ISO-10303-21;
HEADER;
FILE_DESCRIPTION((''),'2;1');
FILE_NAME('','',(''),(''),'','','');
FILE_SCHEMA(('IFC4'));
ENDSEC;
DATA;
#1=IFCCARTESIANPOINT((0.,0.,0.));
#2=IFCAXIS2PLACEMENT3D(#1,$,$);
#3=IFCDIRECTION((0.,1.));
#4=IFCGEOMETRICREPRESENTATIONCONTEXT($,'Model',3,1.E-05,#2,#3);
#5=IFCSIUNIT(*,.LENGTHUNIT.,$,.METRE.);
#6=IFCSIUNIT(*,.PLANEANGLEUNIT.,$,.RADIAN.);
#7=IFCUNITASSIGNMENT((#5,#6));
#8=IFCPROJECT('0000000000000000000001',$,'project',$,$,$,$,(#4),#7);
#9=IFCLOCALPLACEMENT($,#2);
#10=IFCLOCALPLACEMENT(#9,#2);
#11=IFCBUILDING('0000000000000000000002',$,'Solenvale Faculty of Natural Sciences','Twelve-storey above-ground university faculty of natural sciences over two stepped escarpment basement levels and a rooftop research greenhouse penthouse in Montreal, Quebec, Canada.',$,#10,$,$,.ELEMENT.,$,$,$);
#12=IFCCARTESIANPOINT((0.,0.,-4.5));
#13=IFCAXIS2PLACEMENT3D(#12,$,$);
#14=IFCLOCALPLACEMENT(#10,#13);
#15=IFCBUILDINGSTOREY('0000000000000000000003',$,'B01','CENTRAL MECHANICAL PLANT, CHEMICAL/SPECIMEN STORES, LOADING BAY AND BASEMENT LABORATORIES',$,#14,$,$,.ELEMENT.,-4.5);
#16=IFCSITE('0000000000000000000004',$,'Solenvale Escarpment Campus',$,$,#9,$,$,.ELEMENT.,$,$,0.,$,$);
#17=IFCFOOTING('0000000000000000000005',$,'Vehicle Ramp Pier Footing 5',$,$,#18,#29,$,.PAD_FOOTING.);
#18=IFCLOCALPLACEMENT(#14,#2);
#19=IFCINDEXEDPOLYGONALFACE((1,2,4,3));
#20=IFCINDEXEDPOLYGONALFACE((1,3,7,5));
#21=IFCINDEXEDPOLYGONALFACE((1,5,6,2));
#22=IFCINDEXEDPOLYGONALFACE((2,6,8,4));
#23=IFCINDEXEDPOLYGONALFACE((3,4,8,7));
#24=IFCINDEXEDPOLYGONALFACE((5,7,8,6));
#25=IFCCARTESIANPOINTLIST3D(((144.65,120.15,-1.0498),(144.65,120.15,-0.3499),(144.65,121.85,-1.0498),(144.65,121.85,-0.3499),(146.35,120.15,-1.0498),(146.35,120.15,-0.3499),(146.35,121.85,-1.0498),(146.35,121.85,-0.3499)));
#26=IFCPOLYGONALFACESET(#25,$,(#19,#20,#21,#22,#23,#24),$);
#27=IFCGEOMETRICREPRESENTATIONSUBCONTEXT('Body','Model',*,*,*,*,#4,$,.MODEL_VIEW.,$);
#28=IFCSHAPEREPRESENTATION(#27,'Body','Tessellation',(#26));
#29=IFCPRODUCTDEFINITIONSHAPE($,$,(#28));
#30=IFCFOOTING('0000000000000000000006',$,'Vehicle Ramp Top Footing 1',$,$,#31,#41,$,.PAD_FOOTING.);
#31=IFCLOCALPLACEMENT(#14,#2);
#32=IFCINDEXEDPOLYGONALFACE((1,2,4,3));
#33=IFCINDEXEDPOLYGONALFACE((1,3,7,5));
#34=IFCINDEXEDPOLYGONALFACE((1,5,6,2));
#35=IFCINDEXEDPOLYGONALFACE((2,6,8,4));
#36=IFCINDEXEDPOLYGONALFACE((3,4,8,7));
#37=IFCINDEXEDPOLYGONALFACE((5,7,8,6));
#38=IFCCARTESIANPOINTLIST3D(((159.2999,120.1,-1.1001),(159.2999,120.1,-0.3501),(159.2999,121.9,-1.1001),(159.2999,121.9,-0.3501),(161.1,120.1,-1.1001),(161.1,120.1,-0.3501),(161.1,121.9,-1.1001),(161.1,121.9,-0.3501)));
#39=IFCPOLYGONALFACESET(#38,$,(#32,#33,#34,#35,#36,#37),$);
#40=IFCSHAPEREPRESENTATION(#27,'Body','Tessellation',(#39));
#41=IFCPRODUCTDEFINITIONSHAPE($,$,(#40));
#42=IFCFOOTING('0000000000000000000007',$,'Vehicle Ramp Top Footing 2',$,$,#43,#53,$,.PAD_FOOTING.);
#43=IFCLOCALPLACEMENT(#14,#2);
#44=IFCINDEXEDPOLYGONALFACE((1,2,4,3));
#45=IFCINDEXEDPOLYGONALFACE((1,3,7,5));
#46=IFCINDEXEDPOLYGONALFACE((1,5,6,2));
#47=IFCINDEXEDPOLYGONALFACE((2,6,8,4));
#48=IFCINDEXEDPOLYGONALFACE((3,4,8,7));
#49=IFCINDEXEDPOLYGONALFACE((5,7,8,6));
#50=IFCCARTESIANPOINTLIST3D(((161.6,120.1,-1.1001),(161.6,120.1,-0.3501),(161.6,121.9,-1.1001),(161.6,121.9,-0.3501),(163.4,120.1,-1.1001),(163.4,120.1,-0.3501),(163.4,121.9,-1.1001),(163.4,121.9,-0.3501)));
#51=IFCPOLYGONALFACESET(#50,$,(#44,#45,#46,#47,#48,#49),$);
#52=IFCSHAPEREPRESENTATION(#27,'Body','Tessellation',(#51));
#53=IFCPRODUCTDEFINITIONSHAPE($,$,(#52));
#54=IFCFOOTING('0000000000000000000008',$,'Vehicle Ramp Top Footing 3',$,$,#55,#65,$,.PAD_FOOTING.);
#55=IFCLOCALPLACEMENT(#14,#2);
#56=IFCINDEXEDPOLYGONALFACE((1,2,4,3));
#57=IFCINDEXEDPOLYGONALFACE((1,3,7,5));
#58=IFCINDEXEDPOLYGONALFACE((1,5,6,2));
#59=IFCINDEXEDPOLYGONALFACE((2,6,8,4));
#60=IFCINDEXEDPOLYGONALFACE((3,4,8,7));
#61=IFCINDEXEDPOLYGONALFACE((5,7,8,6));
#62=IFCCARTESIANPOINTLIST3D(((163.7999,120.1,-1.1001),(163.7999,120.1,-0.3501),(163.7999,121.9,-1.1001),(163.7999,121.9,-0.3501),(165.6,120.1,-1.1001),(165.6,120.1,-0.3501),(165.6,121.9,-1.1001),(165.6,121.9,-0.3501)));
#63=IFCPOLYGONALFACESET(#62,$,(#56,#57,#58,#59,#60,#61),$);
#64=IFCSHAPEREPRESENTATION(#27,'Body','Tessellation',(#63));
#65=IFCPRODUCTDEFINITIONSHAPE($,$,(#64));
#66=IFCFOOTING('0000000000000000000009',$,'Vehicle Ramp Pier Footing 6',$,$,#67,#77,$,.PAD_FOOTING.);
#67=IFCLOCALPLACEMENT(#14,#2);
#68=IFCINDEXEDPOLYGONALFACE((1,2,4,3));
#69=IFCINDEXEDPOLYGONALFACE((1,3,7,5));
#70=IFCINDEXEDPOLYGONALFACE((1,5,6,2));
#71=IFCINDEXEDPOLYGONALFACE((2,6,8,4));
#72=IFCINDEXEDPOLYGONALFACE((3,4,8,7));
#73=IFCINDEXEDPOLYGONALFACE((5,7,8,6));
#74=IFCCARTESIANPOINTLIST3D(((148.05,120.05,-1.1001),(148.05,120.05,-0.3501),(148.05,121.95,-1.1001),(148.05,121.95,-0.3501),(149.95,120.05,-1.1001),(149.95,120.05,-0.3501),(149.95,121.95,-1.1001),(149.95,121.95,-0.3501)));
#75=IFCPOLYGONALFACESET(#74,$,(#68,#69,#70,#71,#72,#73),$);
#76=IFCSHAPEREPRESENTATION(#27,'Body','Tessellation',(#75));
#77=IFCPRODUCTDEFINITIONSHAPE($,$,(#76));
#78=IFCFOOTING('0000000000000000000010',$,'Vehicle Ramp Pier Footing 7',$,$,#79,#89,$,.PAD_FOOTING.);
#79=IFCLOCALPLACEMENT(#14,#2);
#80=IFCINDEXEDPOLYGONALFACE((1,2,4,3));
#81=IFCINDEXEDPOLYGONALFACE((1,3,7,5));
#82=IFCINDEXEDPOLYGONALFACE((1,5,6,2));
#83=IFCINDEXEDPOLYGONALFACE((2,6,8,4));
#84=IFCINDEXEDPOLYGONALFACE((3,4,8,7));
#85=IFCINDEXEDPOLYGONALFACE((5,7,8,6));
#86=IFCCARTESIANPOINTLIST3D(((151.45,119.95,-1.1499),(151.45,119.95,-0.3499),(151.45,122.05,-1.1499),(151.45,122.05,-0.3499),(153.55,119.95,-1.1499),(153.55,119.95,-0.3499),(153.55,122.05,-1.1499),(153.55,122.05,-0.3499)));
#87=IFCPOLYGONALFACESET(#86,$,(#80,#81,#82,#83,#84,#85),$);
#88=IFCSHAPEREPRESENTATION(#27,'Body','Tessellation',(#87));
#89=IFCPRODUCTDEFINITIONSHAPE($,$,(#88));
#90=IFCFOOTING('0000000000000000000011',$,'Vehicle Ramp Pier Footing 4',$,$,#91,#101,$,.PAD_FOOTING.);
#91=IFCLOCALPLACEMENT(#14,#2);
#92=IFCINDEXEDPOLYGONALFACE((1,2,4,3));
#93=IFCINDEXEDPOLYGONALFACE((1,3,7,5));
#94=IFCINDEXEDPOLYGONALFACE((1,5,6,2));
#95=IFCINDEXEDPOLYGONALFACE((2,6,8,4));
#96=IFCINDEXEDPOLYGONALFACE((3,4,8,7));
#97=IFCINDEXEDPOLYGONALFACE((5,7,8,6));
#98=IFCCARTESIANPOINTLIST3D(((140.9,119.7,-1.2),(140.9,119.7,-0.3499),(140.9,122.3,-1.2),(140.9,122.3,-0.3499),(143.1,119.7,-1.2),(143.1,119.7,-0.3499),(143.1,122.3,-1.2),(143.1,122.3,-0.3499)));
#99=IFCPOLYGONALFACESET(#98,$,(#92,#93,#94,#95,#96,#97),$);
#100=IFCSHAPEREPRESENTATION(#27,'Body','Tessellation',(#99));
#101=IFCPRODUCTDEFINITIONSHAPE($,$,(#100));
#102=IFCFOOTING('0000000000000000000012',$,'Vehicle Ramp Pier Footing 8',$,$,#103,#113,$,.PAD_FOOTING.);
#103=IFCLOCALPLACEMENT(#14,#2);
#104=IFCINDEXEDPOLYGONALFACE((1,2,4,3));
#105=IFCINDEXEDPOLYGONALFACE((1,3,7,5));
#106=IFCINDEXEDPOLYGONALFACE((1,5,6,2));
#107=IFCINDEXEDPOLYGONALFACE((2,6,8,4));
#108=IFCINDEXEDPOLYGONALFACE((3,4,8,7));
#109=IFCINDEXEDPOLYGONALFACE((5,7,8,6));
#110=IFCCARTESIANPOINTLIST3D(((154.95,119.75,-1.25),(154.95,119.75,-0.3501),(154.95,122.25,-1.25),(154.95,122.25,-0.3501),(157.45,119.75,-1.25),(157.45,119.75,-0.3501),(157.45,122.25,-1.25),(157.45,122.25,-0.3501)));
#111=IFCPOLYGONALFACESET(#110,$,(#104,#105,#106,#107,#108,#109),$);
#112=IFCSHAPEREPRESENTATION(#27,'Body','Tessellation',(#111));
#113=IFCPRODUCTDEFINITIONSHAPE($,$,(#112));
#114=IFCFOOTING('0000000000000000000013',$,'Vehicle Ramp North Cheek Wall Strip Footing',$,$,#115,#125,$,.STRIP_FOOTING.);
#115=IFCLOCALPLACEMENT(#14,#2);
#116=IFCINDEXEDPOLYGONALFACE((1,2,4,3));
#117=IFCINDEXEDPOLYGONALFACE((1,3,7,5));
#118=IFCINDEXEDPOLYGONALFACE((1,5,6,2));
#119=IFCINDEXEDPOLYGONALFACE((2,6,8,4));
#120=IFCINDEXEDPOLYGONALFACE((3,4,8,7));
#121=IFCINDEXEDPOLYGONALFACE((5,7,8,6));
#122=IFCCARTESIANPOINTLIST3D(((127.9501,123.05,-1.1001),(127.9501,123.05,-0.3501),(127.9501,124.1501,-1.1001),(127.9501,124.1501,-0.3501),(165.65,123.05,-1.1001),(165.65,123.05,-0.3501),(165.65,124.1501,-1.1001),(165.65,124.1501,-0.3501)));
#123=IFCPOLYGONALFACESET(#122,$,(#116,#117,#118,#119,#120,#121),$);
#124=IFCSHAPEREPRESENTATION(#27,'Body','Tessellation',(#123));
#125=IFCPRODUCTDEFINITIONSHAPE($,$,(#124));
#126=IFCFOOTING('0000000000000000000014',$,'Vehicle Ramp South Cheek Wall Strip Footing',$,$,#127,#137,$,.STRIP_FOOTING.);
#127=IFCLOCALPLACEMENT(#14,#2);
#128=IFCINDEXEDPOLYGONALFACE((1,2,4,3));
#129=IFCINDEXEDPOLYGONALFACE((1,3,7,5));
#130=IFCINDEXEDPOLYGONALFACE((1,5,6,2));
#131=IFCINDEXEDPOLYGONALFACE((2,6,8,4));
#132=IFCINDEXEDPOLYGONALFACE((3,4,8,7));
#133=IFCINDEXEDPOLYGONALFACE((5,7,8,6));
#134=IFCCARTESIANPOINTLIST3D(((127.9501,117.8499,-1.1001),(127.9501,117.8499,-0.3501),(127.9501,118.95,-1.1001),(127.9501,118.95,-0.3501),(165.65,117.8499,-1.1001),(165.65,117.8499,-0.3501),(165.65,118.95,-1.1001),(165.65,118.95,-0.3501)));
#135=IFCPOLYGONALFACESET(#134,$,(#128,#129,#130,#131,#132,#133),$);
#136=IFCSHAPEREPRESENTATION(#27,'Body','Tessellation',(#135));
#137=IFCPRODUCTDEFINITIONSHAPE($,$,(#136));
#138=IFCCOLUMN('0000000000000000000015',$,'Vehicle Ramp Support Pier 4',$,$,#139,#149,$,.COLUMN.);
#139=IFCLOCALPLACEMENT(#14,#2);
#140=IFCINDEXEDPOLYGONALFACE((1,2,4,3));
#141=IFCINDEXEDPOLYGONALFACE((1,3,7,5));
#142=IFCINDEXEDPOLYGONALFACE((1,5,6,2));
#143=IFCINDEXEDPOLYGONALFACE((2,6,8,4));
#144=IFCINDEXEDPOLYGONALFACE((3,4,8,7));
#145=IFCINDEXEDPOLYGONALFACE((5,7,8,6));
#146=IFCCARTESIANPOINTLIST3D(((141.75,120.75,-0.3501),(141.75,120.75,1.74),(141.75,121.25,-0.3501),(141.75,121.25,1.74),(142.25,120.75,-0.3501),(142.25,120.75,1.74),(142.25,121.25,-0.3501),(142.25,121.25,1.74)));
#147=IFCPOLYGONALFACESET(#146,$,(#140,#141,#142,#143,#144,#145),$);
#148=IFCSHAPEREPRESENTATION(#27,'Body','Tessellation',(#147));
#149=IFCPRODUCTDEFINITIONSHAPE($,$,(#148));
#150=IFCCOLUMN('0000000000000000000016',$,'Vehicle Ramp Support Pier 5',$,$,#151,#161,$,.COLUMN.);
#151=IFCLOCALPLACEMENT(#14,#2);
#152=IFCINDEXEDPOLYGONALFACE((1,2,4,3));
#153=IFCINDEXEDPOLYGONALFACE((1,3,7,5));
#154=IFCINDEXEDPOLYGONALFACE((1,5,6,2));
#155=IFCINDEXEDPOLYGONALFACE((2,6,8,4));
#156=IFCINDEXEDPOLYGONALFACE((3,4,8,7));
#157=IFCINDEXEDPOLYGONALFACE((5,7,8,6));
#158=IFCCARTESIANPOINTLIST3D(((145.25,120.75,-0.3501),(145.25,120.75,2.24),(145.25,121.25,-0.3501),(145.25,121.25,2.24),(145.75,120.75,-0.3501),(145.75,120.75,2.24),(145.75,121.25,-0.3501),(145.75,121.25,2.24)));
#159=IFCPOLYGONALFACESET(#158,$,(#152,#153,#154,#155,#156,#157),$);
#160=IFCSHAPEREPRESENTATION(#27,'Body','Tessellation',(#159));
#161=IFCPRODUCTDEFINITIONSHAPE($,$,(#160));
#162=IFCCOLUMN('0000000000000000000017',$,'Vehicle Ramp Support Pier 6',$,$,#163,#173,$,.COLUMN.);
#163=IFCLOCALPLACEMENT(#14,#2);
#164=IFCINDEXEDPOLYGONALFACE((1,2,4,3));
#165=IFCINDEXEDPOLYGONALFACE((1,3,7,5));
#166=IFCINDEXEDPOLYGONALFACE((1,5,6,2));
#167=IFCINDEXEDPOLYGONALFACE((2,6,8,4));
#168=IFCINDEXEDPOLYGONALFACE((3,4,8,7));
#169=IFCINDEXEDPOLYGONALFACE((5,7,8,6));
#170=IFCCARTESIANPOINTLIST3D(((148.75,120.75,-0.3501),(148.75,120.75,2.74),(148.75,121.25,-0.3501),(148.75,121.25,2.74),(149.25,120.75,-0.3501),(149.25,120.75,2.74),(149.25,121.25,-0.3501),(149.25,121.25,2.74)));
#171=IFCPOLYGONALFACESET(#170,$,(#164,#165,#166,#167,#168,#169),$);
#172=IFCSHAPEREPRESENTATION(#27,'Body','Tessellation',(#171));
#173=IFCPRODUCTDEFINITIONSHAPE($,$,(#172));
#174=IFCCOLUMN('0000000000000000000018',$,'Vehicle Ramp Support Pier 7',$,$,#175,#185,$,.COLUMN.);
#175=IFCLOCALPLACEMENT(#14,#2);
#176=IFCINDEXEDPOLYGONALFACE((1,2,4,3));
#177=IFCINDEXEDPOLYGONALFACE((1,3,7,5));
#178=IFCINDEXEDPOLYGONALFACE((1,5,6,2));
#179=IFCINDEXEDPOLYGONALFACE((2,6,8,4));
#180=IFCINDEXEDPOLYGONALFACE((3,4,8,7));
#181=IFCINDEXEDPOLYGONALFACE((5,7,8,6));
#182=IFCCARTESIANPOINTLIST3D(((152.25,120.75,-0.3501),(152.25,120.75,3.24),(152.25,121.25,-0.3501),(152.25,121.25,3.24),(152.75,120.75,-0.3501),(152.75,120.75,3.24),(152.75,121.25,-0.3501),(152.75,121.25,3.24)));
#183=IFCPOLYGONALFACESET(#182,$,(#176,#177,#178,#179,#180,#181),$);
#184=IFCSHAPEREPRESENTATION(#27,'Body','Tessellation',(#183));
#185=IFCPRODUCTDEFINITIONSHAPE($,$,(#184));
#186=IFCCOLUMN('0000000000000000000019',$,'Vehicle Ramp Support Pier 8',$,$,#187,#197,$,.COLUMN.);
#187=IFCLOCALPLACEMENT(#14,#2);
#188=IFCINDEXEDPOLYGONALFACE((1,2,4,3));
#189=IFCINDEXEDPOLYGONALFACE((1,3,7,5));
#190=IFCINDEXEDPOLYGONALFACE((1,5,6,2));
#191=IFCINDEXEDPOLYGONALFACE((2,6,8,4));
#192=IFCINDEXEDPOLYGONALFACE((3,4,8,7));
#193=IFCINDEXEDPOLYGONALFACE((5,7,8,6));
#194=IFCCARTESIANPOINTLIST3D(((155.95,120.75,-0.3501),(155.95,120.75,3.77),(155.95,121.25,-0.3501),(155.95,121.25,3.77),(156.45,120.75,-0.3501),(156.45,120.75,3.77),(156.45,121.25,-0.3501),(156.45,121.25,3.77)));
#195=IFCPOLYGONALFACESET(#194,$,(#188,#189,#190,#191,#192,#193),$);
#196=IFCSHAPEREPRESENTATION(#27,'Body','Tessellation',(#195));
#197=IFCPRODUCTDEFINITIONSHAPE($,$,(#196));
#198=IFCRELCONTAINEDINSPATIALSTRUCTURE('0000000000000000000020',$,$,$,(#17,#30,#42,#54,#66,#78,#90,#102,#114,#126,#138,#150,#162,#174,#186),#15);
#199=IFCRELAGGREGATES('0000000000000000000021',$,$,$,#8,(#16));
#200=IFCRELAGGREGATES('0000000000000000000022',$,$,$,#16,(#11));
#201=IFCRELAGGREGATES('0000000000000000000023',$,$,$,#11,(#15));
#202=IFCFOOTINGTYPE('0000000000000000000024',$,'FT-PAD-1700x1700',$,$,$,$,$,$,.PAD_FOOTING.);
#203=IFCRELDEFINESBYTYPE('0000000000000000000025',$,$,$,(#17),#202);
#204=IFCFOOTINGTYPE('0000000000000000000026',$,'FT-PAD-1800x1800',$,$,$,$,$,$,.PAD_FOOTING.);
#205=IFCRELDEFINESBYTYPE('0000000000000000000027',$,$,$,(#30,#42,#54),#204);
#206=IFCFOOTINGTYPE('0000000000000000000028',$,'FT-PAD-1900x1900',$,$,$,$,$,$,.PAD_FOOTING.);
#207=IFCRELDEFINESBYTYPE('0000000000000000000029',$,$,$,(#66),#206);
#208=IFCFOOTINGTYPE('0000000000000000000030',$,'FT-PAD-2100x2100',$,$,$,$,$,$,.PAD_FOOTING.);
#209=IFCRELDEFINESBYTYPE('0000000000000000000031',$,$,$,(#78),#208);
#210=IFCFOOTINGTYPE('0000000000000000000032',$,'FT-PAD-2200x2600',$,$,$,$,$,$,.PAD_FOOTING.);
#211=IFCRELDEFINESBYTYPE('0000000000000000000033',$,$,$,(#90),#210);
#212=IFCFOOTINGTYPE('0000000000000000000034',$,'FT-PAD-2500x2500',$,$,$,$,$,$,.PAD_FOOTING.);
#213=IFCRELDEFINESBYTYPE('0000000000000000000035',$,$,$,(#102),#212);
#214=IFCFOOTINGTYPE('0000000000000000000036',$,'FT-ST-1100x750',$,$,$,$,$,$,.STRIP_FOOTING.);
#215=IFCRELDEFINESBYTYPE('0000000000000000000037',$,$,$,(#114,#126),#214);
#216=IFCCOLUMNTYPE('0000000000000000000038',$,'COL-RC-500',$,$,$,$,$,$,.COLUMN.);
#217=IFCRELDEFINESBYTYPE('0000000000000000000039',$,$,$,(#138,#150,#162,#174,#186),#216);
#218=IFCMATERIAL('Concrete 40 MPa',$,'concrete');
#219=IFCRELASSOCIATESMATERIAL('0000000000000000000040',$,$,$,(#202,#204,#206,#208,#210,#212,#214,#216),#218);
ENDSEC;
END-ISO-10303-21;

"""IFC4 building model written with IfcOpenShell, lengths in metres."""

from ifc_helpers import new_model, si_unit, direction, frame, origin, origin_2d, place, context, subcontext, project, spatial, rectangle, extrude, material, material_profile, profile_set, type_object, element, save


model = new_model("IFC4")

# Units and contexts
model_context = context("Model", 3, precision=1e-05, world=origin(), true_north=direction((0.0, 1.0)))
body_context = subcontext(model_context, "Body", "Model", "MODEL_VIEW")
ifc_project = project(units=[si_unit("LENGTHUNIT", "METRE"), si_unit("PLANEANGLEUNIT", "RADIAN")], contexts=[model_context])

# Site, building, storey
site_placement = place(None, origin())
site = spatial("IfcSite", under=ifc_project, at=site_placement, Name="Solenvale Escarpment Campus", CompositionType="ELEMENT", RefElevation=0.0)
building_placement = place(site_placement, origin())
building = spatial("IfcBuilding", under=site, at=building_placement, Name="Solenvale Faculty of Natural Sciences", Description="Twelve-storey above-ground university faculty of natural sciences over two stepped escarpment basement levels and a rooftop research greenhouse penthouse in Montreal, Quebec, Canada.", CompositionType="ELEMENT")
storey_placement = place(building_placement, frame((0.0, 0.0, -4.5)))
storey = spatial("IfcBuildingStorey", under=building, at=storey_placement, Name="B01", Description="CENTRAL MECHANICAL PLANT, CHEMICAL/SPECIMEN STORES, LOADING BAY AND BASEMENT LABORATORIES", CompositionType="ELEMENT", Elevation=-4.5)

# Footings
ifc_material_1 = material(Name="Concrete 40 MPa", Category="concrete")
footing_type_1 = type_object("IfcFootingType", Name="FT-PAD-1700x1700", PredefinedType="PAD_FOOTING", material=ifc_material_1)
footing_1_placement = place(storey_placement, frame((145.5, 121.0, -1.0498), z_axis=(0.0, 0.0, 1.0), x_axis=(1.0, 0.0, 0.0)))
element("IfcFooting", 1, at=footing_1_placement, inside=storey, type_object=footing_type_1, Name="Vehicle Ramp Pier Footing 5", PredefinedType="PAD_FOOTING", context=body_context, shape_type="SweptSolid", body=[
    extrude(rectangle(XDim=1.7, YDim=1.7, at=origin_2d()), origin(), (0.0, 0.0, 1.0), 0.7),
])
footing_type_2 = type_object("IfcFootingType", Name="FT-PAD-1800x1800", PredefinedType="PAD_FOOTING", material=ifc_material_1)
for number, where, z_axis, x_axis, name in (
    (2, (160.2, 121.0, -1.1001), (0.0, 0.0, 1.0), (1.0, 0.0, 0.0), "Vehicle Ramp Top Footing 1"),
    (3, (162.5, 121.0, -1.1001), (0.0, 0.0, 1.0), (1.0, 0.0, 0.0), "Vehicle Ramp Top Footing 2"),
    (4, (164.7, 121.0, -1.1001), (0.0, 0.0, 1.0), (1.0, 0.0, 0.0), "Vehicle Ramp Top Footing 3"),
):
    element("IfcFooting", number, at=place(storey_placement, frame(where, z_axis=z_axis, x_axis=x_axis)), inside=storey, type_object=footing_type_2, Name=name, PredefinedType="PAD_FOOTING", context=body_context, shape_type="SweptSolid", body=[
        extrude(rectangle(XDim=1.8, YDim=1.8, at=origin_2d()), origin(), (0.0, 0.0, 1.0), 0.75),
    ])
footing_type_3 = type_object("IfcFootingType", Name="FT-PAD-1900x1900", PredefinedType="PAD_FOOTING", material=ifc_material_1)
footing_2_placement = place(storey_placement, frame((149.0, 121.0, -1.1001), z_axis=(0.0, 0.0, 1.0), x_axis=(1.0, 0.0, 0.0)))
element("IfcFooting", 5, at=footing_2_placement, inside=storey, type_object=footing_type_3, Name="Vehicle Ramp Pier Footing 6", PredefinedType="PAD_FOOTING", context=body_context, shape_type="SweptSolid", body=[
    extrude(rectangle(XDim=1.8999, YDim=1.8999, at=origin_2d()), origin(), (0.0, 0.0, 1.0), 0.75),
])
footing_type_4 = type_object("IfcFootingType", Name="FT-PAD-2100x2100", PredefinedType="PAD_FOOTING", material=ifc_material_1)
footing_3_placement = place(storey_placement, frame((152.5, 121.0, -1.1499), z_axis=(0.0, 0.0, 1.0), x_axis=(1.0, 0.0, 0.0)))
element("IfcFooting", 6, at=footing_3_placement, inside=storey, type_object=footing_type_4, Name="Vehicle Ramp Pier Footing 7", PredefinedType="PAD_FOOTING", context=body_context, shape_type="SweptSolid", body=[
    extrude(rectangle(XDim=2.1001, YDim=2.1001, at=origin_2d()), origin(), (0.0, 0.0, 1.0), 0.8),
])
footing_type_5 = type_object("IfcFootingType", Name="FT-PAD-2200x2600", PredefinedType="PAD_FOOTING", material=ifc_material_1)
footing_4_placement = place(storey_placement, frame((142.0, 121.0, -1.2), z_axis=(0.0, 0.0, 1.0), x_axis=(1.0, 0.0, 0.0)))
element("IfcFooting", 7, at=footing_4_placement, inside=storey, type_object=footing_type_5, Name="Vehicle Ramp Pier Footing 4", PredefinedType="PAD_FOOTING", context=body_context, shape_type="SweptSolid", body=[
    extrude(rectangle(XDim=2.2, YDim=2.6001, at=origin_2d()), origin(), (0.0, 0.0, 1.0), 0.8501),
])
footing_type_6 = type_object("IfcFootingType", Name="FT-PAD-2500x2500", PredefinedType="PAD_FOOTING", material=ifc_material_1)
footing_5_placement = place(storey_placement, frame((156.2, 121.0, -1.25), z_axis=(0.0, 0.0, 1.0), x_axis=(1.0, 0.0, 0.0)))
element("IfcFooting", 8, at=footing_5_placement, inside=storey, type_object=footing_type_6, Name="Vehicle Ramp Pier Footing 8", PredefinedType="PAD_FOOTING", context=body_context, shape_type="SweptSolid", body=[
    extrude(rectangle(XDim=2.5, YDim=2.5, at=origin_2d()), origin(), (0.0, 0.0, 1.0), 0.8999),
])
footing_type_7 = type_object("IfcFootingType", Name="FT-ST-1100x750", PredefinedType="STRIP_FOOTING", material=ifc_material_1)
for number, where, z_axis, x_axis, name in (
    (9, (146.8, 123.6001, -1.1001), (0.0, 0.0, 1.0), (1.0, 0.0, 0.0), "Vehicle Ramp North Cheek Wall Strip Footing"),
    (10, (146.8, 118.3999, -1.1001), (0.0, 0.0, 1.0), (1.0, 0.0, 0.0), "Vehicle Ramp South Cheek Wall Strip Footing"),
):
    element("IfcFooting", number, at=place(storey_placement, frame(where, z_axis=z_axis, x_axis=x_axis)), inside=storey, type_object=footing_type_7, Name=name, PredefinedType="STRIP_FOOTING", context=body_context, shape_type="SweptSolid", body=[
        extrude(rectangle(XDim=37.7, YDim=1.1001, at=origin_2d()), origin(), (0.0, 0.0, 1.0), 0.75),
    ])

# Columns
ifc_material_profile_1 = material_profile(ifc_material_1, rectangle(XDim=0.5, YDim=0.5, at=origin_2d()), Name="RC-COL-500x500")
ifc_profile_set_1 = profile_set([ifc_material_profile_1], Name="Concrete 40 MPa")
column_type_1 = type_object("IfcColumnType", Name="COL-RC-500", PredefinedType="COLUMN", material=ifc_profile_set_1)
column_1_placement = place(storey_placement, frame((142.0, 121.0, -0.3501), z_axis=(0.0, 0.0, 1.0), x_axis=(1.0, 0.0, 0.0)))
element("IfcColumn", 11, at=column_1_placement, inside=storey, type_object=column_type_1, Name="Vehicle Ramp Support Pier 4", PredefinedType="COLUMN", context=body_context, shape_type="SweptSolid", body=[
    extrude(rectangle(XDim=0.5, YDim=0.5, at=origin_2d()), origin(), (0.0, 0.0, 1.0), 2.0901),
])
column_2_placement = place(storey_placement, frame((145.5, 121.0, -0.3501), z_axis=(0.0, 0.0, 1.0), x_axis=(1.0, 0.0, 0.0)))
element("IfcColumn", 12, at=column_2_placement, inside=storey, type_object=column_type_1, Name="Vehicle Ramp Support Pier 5", PredefinedType="COLUMN", context=body_context, shape_type="SweptSolid", body=[
    extrude(rectangle(XDim=0.5, YDim=0.5, at=origin_2d()), origin(), (0.0, 0.0, 1.0), 2.5901),
])
column_3_placement = place(storey_placement, frame((149.0, 121.0, -0.3501), z_axis=(0.0, 0.0, 1.0), x_axis=(1.0, 0.0, 0.0)))
element("IfcColumn", 13, at=column_3_placement, inside=storey, type_object=column_type_1, Name="Vehicle Ramp Support Pier 6", PredefinedType="COLUMN", context=body_context, shape_type="SweptSolid", body=[
    extrude(rectangle(XDim=0.5, YDim=0.5, at=origin_2d()), origin(), (0.0, 0.0, 1.0), 3.0901),
])
column_4_placement = place(storey_placement, frame((152.5, 121.0, -0.3501), z_axis=(0.0, 0.0, 1.0), x_axis=(1.0, 0.0, 0.0)))
element("IfcColumn", 14, at=column_4_placement, inside=storey, type_object=column_type_1, Name="Vehicle Ramp Support Pier 7", PredefinedType="COLUMN", context=body_context, shape_type="SweptSolid", body=[
    extrude(rectangle(XDim=0.5, YDim=0.5, at=origin_2d()), origin(), (0.0, 0.0, 1.0), 3.5901),
])
column_5_placement = place(storey_placement, frame((156.2, 121.0, -0.3501), z_axis=(0.0, 0.0, 1.0), x_axis=(1.0, 0.0, 0.0)))
element("IfcColumn", 15, at=column_5_placement, inside=storey, type_object=column_type_1, Name="Vehicle Ramp Support Pier 8", PredefinedType="COLUMN", context=body_context, shape_type="SweptSolid", body=[
    extrude(rectangle(XDim=0.5, YDim=0.5, at=origin_2d()), origin(), (0.0, 0.0, 1.0), 4.1201),
])

save(model, "model.ifc")
